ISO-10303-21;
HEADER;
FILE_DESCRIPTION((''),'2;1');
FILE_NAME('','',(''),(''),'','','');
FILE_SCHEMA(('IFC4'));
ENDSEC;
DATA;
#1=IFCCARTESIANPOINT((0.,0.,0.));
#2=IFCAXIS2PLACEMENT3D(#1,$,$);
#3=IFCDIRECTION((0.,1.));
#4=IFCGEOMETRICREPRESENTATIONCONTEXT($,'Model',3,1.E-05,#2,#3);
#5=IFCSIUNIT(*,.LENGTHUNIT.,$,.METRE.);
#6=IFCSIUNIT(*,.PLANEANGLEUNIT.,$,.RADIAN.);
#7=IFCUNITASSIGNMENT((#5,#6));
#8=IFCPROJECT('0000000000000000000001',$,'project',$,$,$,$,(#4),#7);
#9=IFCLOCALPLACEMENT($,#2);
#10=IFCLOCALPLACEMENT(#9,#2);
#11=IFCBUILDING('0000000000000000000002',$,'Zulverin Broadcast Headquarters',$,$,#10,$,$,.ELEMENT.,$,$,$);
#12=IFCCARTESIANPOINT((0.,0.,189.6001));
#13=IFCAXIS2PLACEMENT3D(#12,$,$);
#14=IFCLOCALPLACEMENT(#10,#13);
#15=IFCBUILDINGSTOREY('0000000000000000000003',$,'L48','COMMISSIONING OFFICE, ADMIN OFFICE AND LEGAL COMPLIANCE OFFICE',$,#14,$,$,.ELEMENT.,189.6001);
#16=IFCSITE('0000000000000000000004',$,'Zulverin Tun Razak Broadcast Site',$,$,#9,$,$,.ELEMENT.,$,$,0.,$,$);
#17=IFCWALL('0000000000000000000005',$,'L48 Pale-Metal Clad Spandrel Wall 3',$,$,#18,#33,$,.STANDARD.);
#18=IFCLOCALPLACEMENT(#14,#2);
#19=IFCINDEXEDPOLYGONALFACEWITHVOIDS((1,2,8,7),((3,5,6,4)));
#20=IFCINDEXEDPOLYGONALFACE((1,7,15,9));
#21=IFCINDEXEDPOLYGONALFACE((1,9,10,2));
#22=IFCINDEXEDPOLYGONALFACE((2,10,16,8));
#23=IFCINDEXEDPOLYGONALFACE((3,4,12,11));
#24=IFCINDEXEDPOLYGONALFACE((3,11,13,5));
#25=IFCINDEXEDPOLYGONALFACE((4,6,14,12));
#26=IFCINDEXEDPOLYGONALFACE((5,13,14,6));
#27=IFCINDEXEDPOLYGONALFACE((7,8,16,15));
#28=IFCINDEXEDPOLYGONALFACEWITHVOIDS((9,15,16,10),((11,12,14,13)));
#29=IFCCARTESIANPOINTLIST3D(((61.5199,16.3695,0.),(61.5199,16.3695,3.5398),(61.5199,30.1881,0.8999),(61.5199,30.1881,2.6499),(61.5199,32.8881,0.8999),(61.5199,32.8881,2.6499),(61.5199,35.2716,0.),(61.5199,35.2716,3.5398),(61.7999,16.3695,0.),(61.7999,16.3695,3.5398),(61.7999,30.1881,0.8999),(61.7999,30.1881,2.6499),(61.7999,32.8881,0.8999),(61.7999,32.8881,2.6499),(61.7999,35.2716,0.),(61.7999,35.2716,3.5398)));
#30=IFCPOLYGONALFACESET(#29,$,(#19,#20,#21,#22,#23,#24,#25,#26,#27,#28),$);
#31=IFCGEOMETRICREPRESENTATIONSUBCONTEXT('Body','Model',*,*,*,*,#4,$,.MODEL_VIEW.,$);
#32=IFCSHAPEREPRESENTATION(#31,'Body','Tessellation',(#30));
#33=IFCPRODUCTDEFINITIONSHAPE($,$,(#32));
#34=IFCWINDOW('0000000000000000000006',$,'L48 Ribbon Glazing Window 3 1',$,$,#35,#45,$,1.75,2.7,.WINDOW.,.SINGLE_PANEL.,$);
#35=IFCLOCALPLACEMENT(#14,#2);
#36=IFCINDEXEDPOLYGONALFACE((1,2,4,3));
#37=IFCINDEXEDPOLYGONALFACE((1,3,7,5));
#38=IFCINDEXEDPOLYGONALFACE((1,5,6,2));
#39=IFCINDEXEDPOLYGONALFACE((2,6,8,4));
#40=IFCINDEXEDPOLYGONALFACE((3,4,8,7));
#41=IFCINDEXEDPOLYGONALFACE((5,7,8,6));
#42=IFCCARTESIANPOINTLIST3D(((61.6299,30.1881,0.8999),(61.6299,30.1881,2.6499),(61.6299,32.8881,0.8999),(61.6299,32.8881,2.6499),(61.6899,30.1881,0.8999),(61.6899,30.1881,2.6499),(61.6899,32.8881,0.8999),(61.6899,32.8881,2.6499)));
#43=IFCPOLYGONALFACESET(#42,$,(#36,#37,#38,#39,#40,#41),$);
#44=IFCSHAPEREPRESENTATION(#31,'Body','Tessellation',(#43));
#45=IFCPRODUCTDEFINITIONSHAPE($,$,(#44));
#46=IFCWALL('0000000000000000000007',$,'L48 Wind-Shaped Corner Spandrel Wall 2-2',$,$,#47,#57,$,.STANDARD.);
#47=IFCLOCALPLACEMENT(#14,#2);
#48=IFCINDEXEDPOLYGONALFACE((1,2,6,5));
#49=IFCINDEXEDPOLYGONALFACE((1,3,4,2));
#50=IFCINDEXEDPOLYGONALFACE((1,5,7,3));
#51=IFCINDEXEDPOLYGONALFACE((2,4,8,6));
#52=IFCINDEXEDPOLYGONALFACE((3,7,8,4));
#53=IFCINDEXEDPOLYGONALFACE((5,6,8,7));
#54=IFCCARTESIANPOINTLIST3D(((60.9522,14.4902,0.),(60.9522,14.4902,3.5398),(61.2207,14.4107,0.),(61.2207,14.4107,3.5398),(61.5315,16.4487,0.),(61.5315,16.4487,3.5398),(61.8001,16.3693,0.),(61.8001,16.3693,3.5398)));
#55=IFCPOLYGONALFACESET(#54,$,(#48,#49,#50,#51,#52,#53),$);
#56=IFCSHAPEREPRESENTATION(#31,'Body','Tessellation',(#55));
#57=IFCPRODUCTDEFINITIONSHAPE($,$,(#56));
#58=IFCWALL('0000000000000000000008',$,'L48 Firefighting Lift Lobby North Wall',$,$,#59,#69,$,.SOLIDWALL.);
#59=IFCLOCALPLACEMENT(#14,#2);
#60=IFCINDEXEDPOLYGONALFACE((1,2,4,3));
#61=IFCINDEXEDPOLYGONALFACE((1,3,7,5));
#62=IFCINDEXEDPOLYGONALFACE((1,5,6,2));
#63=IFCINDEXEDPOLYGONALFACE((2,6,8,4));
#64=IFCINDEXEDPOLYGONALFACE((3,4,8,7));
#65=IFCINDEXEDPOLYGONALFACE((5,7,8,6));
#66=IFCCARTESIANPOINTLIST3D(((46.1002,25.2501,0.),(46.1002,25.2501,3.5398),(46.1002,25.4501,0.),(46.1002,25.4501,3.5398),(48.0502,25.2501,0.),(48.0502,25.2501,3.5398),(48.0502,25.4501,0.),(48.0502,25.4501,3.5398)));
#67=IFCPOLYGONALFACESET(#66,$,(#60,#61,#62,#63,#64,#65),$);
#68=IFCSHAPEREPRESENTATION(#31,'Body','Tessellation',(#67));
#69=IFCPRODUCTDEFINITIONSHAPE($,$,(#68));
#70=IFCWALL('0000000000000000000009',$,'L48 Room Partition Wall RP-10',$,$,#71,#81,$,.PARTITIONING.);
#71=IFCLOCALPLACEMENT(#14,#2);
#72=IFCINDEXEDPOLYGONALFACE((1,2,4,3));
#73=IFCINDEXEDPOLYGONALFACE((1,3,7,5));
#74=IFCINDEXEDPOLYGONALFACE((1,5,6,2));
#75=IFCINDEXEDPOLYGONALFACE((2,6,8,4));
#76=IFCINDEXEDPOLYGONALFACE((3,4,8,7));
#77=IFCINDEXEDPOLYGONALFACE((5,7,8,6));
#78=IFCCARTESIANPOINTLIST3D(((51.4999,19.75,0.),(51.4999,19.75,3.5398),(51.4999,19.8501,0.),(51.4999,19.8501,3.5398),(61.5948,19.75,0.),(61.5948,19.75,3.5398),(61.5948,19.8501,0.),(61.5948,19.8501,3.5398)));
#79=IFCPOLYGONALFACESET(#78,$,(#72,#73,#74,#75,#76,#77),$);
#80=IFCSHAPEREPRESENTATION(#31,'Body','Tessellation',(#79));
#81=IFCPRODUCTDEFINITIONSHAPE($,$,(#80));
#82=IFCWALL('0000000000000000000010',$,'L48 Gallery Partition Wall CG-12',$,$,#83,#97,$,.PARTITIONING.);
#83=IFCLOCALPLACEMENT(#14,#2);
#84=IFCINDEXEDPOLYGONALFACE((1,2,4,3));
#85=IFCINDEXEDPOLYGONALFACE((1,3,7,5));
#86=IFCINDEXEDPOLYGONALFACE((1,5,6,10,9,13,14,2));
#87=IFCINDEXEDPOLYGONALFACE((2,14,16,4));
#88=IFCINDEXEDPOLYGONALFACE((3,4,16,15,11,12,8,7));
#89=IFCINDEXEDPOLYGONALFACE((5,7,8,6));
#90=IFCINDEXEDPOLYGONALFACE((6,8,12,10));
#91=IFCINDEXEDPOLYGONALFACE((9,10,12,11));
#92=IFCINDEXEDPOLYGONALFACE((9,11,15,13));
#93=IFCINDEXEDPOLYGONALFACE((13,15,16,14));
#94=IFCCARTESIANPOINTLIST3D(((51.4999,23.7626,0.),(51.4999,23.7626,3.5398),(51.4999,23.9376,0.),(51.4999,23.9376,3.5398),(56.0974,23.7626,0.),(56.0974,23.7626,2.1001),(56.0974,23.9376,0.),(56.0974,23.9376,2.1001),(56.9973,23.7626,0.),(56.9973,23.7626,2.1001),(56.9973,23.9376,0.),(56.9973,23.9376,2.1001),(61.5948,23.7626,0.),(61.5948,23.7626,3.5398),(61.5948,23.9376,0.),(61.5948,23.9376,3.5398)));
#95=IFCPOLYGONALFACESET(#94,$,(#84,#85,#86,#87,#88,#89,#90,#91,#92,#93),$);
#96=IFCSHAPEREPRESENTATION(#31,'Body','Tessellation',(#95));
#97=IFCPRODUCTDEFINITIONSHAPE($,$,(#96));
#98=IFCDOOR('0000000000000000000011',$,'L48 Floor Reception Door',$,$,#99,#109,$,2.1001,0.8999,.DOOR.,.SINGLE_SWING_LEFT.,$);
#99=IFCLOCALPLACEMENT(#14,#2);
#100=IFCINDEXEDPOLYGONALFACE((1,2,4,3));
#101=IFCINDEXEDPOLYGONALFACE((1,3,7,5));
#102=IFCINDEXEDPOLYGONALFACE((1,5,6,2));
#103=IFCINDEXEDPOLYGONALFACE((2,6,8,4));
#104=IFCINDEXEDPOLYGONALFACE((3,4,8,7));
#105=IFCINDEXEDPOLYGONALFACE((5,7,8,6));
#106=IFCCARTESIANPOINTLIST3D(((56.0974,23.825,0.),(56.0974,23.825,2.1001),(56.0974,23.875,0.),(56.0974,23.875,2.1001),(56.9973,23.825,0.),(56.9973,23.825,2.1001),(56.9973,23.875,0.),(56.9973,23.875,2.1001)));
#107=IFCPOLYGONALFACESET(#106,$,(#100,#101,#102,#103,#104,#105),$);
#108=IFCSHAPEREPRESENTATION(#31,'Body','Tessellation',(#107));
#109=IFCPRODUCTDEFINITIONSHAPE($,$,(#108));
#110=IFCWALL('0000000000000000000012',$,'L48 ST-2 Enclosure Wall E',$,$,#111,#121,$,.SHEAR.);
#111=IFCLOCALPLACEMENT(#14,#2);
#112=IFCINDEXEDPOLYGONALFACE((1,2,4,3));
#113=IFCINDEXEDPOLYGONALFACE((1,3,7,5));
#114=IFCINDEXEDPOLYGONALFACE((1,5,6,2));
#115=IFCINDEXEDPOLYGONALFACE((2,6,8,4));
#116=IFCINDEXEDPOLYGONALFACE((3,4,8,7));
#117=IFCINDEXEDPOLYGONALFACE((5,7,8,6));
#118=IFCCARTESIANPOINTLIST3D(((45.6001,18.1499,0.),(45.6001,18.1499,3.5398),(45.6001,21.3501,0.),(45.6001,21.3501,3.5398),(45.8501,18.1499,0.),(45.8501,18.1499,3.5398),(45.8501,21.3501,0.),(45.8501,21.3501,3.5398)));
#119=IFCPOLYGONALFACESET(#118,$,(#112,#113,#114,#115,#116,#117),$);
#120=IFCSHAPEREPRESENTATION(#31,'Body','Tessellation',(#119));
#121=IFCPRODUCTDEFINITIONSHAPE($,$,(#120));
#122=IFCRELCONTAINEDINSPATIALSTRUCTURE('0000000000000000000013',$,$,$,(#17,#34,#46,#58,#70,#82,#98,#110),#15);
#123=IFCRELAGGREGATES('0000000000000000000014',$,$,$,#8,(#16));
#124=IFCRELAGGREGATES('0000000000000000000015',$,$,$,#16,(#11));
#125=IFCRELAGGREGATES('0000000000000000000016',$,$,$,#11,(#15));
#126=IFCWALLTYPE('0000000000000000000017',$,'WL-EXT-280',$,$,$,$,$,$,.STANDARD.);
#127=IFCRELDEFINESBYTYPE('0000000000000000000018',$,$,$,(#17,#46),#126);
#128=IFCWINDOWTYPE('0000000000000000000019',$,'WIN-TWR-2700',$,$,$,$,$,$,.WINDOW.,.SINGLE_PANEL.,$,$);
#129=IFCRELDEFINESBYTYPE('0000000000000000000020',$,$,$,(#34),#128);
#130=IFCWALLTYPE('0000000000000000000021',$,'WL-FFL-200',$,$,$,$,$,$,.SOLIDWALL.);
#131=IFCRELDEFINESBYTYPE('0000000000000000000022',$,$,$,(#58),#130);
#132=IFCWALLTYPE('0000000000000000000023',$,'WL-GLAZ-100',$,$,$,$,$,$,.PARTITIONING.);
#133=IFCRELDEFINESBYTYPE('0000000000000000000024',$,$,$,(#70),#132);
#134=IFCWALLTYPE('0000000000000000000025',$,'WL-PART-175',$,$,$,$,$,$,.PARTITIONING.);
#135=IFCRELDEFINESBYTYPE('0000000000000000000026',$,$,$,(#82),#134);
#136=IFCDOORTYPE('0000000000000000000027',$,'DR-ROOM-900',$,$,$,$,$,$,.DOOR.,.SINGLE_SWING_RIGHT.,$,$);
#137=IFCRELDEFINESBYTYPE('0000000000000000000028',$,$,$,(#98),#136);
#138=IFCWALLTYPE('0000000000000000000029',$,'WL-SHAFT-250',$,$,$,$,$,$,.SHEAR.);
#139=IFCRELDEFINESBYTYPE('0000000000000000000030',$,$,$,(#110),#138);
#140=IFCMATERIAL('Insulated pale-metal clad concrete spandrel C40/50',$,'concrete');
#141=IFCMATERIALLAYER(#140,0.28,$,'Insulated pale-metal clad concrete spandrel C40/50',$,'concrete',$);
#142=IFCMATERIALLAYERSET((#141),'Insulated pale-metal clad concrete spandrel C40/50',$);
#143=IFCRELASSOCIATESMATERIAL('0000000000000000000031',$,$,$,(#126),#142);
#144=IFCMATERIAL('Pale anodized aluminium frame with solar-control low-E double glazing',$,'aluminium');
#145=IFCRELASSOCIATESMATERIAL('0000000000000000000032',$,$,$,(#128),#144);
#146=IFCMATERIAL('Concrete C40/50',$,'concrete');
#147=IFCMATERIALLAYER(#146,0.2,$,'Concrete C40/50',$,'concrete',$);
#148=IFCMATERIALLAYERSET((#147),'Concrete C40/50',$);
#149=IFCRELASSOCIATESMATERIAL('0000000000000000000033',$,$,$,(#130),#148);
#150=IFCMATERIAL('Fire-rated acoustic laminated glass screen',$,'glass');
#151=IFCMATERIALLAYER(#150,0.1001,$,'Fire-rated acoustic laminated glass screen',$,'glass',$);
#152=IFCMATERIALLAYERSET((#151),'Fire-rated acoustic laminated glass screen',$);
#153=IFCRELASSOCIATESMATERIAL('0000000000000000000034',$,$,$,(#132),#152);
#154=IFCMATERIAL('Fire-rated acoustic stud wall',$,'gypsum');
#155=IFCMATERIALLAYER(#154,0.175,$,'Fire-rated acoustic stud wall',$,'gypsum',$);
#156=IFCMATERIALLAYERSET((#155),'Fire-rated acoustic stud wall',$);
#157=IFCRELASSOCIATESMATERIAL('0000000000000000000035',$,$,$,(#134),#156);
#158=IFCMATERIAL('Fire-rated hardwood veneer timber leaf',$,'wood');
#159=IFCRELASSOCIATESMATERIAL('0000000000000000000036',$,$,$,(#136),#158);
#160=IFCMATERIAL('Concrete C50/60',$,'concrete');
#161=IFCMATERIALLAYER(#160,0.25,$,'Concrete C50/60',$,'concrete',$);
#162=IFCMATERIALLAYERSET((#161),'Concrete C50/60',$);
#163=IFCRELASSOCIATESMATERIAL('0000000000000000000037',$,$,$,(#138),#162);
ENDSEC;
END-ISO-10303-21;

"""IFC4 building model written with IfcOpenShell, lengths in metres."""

from ifc_helpers import new_model, si_unit, direction, frame, frame_2d, origin, place, context, subcontext, project, spatial, rectangle, extrude, material, layer, layer_set, type_object, element, fill, save


model = new_model("IFC4")

# Units and contexts
model_context = context("Model", 3, precision=1e-05, world=origin(), true_north=direction((0.0, 1.0)))
body_context = subcontext(model_context, "Body", "Model", "MODEL_VIEW")
ifc_project = project(units=[si_unit("LENGTHUNIT", "METRE"), si_unit("PLANEANGLEUNIT", "RADIAN")], contexts=[model_context])

# Site, building, storey
site_placement = place(None, origin())
site = spatial("IfcSite", under=ifc_project, at=site_placement, Name="Zulverin Tun Razak Broadcast Site", CompositionType="ELEMENT", RefElevation=0.0)
building_placement = place(site_placement, origin())
building = spatial("IfcBuilding", under=site, at=building_placement, Name="Zulverin Broadcast Headquarters", CompositionType="ELEMENT")
storey_placement = place(building_placement, frame((0.0, 0.0, 189.6001)))
storey = spatial("IfcBuildingStorey", under=building, at=storey_placement, Name="L48", Description="COMMISSIONING OFFICE, ADMIN OFFICE AND LEGAL COMPLIANCE OFFICE", CompositionType="ELEMENT", Elevation=189.6001)

# Shared definitions
ifc_material_1 = material(Name="Concrete C50/60", Category="concrete")

# Shared definitions
ifc_material_2 = material(Name="Concrete C40/50", Category="concrete")

# Wall, opening, window
ifc_material_3 = material(Name="Insulated pale-metal clad concrete spandrel C40/50", Category="concrete")
ifc_layer_1 = layer(ifc_material_3, 0.28, Name="Insulated pale-metal clad concrete spandrel C40/50", Category="concrete")
ifc_layer_set_1 = layer_set([ifc_layer_1], Name="Insulated pale-metal clad concrete spandrel C40/50")
wall_type_1 = type_object("IfcWallType", Name="WL-EXT-280", PredefinedType="STANDARD", material=ifc_layer_set_1)
wall_1_placement = place(storey_placement, frame((61.6599, 16.3694, 0.0), z_axis=(0.0, 0.0, 1.0), x_axis=(0.0, 1.0, 0.0)))
wall_1 = element("IfcWall", 1, at=wall_1_placement, inside=storey, type_object=wall_type_1, Name="L48 Pale-Metal Clad Spandrel Wall 3", PredefinedType="STANDARD", context=body_context, shape_type="SweptSolid", body=[
    extrude(rectangle(XDim=18.9021, YDim=0.28, at=frame_2d((9.4512, 0.0))), origin(), (0.0, 0.0, 1.0), 3.5398),
])
opening_1_placement = place(wall_1_placement, frame((13.8186, 0.0, 0.8999)))
opening_1 = element("IfcOpeningElement", 2, at=opening_1_placement, cuts=wall_1, PredefinedType="OPENING", context=body_context, shape_type="SweptSolid", body=[
    extrude(rectangle(XDim=2.7, YDim=1.75, at=frame_2d((1.3501, 0.875))), frame((0.0, 0.1499, 0.0), z_axis=(0.0, -1.0, 0.0), x_axis=(1.0, 0.0, 0.0)), (0.0, 0.0, 1.0), 0.3),
])
ifc_material_4 = material(Name="Pale anodized aluminium frame with solar-control low-E double glazing", Category="aluminium")
window_type = type_object("IfcWindowType", Name="WIN-TWR-2700", PartitioningType="SINGLE_PANEL", PredefinedType="WINDOW", material=ifc_material_4)
window_placement = place(opening_1_placement, origin())
window = element("IfcWindow", 3, at=window_placement, inside=storey, type_object=window_type, Name="L48 Ribbon Glazing Window 3 1", OverallHeight=1.75, OverallWidth=2.7, PartitioningType="SINGLE_PANEL", PredefinedType="WINDOW", context=body_context, shape_type="SweptSolid", body=[
    extrude(rectangle(XDim=2.7, YDim=1.75, at=frame_2d((1.3501, 0.875))), frame((0.0, 0.03, 0.0), z_axis=(0.0, -1.0, 0.0), x_axis=(1.0, 0.0, 0.0)), (0.0, 0.0, 1.0), 0.0601),
])
fill(opening_1, window)

# Walls
wall_2_placement = place(storey_placement, frame((61.0864, 14.4504, 0.0), z_axis=(0.0, 0.0, 1.0), x_axis=(0.283661, 0.958925, 0.0)))
element("IfcWall", 4, at=wall_2_placement, inside=storey, type_object=wall_type_1, Name="L48 Wind-Shaped Corner Spandrel Wall 2-2", PredefinedType="STANDARD", context=body_context, shape_type="SweptSolid", body=[
    extrude(rectangle(XDim=2.0425, YDim=0.28, at=frame_2d((1.0212, 0.0))), origin(), (0.0, 0.0, 1.0), 3.5398),
])
ifc_layer_2 = layer(ifc_material_2, 0.2, Name="Concrete C40/50", Category="concrete")
ifc_layer_set_2 = layer_set([ifc_layer_2], Name="Concrete C40/50")
wall_type_2 = type_object("IfcWallType", Name="WL-FFL-200", PredefinedType="SOLIDWALL", material=ifc_layer_set_2)
wall_3_placement = place(storey_placement, frame((46.1001, 25.3501, 0.0), z_axis=(0.0, 0.0, 1.0), x_axis=(1.0, 0.0, 0.0)))
element("IfcWall", 5, at=wall_3_placement, inside=storey, type_object=wall_type_2, Name="L48 Firefighting Lift Lobby North Wall", PredefinedType="SOLIDWALL", context=body_context, shape_type="SweptSolid", body=[
    extrude(rectangle(XDim=1.95, YDim=0.2, at=frame_2d((0.9751, 0.0))), origin(), (0.0, 0.0, 1.0), 3.5398),
])
ifc_material_5 = material(Name="Fire-rated acoustic laminated glass screen", Category="glass")
ifc_layer_3 = layer(ifc_material_5, 0.1001, Name="Fire-rated acoustic laminated glass screen", Category="glass")
ifc_layer_set_3 = layer_set([ifc_layer_3], Name="Fire-rated acoustic laminated glass screen")
wall_type_3 = type_object("IfcWallType", Name="WL-GLAZ-100", PredefinedType="PARTITIONING", material=ifc_layer_set_3)
wall_4_placement = place(storey_placement, frame((51.5, 19.8, 0.0), z_axis=(0.0, 0.0, 1.0), x_axis=(1.0, 0.0, 0.0)))
element("IfcWall", 6, at=wall_4_placement, inside=storey, type_object=wall_type_3, Name="L48 Room Partition Wall RP-10", PredefinedType="PARTITIONING", context=body_context, shape_type="SweptSolid", body=[
    extrude(rectangle(XDim=10.095, YDim=0.1001, at=frame_2d((5.0474, 0.0))), origin(), (0.0, 0.0, 1.0), 3.5398),
])

# Wall, opening, door
ifc_material_6 = material(Name="Fire-rated acoustic stud wall", Category="gypsum")
ifc_layer_4 = layer(ifc_material_6, 0.175, Name="Fire-rated acoustic stud wall", Category="gypsum")
ifc_layer_set_4 = layer_set([ifc_layer_4], Name="Fire-rated acoustic stud wall")
wall_type_4 = type_object("IfcWallType", Name="WL-PART-175", PredefinedType="PARTITIONING", material=ifc_layer_set_4)
wall_5_placement = place(storey_placement, frame((51.5, 23.8501, 0.0), z_axis=(0.0, 0.0, 1.0), x_axis=(1.0, 0.0, 0.0)))
wall_5 = element("IfcWall", 7, at=wall_5_placement, inside=storey, type_object=wall_type_4, Name="L48 Gallery Partition Wall CG-12", PredefinedType="PARTITIONING", context=body_context, shape_type="SweptSolid", body=[
    extrude(rectangle(XDim=10.095, YDim=0.175, at=frame_2d((5.0474, 0.0))), origin(), (0.0, 0.0, 1.0), 3.5398),
])
opening_2_placement = place(wall_5_placement, frame((4.5974, 0.0, 0.0)))
opening_2 = element("IfcOpeningElement", 8, at=opening_2_placement, cuts=wall_5, PredefinedType="OPENING", context=body_context, shape_type="SweptSolid", body=[
    extrude(rectangle(XDim=0.8999, YDim=2.1001, at=frame_2d((0.45, 1.05))), frame((0.0, 0.0974, 0.0), z_axis=(0.0, -1.0, 0.0), x_axis=(1.0, 0.0, 0.0)), (0.0, 0.0, 1.0), 0.1951),
])
ifc_material_7 = material(Name="Fire-rated hardwood veneer timber leaf", Category="wood")
door_type_1 = type_object("IfcDoorType", Name="DR-ROOM-900", OperationType="SINGLE_SWING_RIGHT", PredefinedType="DOOR", material=ifc_material_7)
door_1_placement = place(opening_2_placement, origin())
door_1 = element("IfcDoor", 9, at=door_1_placement, inside=storey, type_object=door_type_1, Name="L48 Floor Reception Door", OperationType="SINGLE_SWING_LEFT", OverallHeight=2.1001, OverallWidth=0.8999, PredefinedType="DOOR", context=body_context, shape_type="SweptSolid", body=[
    extrude(rectangle(XDim=0.8999, YDim=2.1001, at=frame_2d((0.45, 1.05))), frame((0.0, 0.0249, 0.0), z_axis=(0.0, -1.0, 0.0), x_axis=(1.0, 0.0, 0.0)), (0.0, 0.0, 1.0), 0.05),
])
fill(opening_2, door_1)

# Wall
ifc_layer_5 = layer(ifc_material_1, 0.25, Name="Concrete C50/60", Category="concrete")
ifc_layer_set_5 = layer_set([ifc_layer_5], Name="Concrete C50/60")
wall_type_5 = type_object("IfcWallType", Name="WL-SHAFT-250", PredefinedType="SHEAR", material=ifc_layer_set_5)
wall_6_placement = place(storey_placement, frame((45.7251, 18.1499, 0.0), z_axis=(0.0, 0.0, 1.0), x_axis=(0.0, 1.0, 0.0)))
element("IfcWall", 10, at=wall_6_placement, inside=storey, type_object=wall_type_5, Name="L48 ST-2 Enclosure Wall E", PredefinedType="SHEAR", context=body_context, shape_type="SweptSolid", body=[
    extrude(rectangle(XDim=3.2002, YDim=0.25, at=frame_2d((1.6001, 0.0))), origin(), (0.0, 0.0, 1.0), 3.5398),
])

save(model, "model.ifc")
